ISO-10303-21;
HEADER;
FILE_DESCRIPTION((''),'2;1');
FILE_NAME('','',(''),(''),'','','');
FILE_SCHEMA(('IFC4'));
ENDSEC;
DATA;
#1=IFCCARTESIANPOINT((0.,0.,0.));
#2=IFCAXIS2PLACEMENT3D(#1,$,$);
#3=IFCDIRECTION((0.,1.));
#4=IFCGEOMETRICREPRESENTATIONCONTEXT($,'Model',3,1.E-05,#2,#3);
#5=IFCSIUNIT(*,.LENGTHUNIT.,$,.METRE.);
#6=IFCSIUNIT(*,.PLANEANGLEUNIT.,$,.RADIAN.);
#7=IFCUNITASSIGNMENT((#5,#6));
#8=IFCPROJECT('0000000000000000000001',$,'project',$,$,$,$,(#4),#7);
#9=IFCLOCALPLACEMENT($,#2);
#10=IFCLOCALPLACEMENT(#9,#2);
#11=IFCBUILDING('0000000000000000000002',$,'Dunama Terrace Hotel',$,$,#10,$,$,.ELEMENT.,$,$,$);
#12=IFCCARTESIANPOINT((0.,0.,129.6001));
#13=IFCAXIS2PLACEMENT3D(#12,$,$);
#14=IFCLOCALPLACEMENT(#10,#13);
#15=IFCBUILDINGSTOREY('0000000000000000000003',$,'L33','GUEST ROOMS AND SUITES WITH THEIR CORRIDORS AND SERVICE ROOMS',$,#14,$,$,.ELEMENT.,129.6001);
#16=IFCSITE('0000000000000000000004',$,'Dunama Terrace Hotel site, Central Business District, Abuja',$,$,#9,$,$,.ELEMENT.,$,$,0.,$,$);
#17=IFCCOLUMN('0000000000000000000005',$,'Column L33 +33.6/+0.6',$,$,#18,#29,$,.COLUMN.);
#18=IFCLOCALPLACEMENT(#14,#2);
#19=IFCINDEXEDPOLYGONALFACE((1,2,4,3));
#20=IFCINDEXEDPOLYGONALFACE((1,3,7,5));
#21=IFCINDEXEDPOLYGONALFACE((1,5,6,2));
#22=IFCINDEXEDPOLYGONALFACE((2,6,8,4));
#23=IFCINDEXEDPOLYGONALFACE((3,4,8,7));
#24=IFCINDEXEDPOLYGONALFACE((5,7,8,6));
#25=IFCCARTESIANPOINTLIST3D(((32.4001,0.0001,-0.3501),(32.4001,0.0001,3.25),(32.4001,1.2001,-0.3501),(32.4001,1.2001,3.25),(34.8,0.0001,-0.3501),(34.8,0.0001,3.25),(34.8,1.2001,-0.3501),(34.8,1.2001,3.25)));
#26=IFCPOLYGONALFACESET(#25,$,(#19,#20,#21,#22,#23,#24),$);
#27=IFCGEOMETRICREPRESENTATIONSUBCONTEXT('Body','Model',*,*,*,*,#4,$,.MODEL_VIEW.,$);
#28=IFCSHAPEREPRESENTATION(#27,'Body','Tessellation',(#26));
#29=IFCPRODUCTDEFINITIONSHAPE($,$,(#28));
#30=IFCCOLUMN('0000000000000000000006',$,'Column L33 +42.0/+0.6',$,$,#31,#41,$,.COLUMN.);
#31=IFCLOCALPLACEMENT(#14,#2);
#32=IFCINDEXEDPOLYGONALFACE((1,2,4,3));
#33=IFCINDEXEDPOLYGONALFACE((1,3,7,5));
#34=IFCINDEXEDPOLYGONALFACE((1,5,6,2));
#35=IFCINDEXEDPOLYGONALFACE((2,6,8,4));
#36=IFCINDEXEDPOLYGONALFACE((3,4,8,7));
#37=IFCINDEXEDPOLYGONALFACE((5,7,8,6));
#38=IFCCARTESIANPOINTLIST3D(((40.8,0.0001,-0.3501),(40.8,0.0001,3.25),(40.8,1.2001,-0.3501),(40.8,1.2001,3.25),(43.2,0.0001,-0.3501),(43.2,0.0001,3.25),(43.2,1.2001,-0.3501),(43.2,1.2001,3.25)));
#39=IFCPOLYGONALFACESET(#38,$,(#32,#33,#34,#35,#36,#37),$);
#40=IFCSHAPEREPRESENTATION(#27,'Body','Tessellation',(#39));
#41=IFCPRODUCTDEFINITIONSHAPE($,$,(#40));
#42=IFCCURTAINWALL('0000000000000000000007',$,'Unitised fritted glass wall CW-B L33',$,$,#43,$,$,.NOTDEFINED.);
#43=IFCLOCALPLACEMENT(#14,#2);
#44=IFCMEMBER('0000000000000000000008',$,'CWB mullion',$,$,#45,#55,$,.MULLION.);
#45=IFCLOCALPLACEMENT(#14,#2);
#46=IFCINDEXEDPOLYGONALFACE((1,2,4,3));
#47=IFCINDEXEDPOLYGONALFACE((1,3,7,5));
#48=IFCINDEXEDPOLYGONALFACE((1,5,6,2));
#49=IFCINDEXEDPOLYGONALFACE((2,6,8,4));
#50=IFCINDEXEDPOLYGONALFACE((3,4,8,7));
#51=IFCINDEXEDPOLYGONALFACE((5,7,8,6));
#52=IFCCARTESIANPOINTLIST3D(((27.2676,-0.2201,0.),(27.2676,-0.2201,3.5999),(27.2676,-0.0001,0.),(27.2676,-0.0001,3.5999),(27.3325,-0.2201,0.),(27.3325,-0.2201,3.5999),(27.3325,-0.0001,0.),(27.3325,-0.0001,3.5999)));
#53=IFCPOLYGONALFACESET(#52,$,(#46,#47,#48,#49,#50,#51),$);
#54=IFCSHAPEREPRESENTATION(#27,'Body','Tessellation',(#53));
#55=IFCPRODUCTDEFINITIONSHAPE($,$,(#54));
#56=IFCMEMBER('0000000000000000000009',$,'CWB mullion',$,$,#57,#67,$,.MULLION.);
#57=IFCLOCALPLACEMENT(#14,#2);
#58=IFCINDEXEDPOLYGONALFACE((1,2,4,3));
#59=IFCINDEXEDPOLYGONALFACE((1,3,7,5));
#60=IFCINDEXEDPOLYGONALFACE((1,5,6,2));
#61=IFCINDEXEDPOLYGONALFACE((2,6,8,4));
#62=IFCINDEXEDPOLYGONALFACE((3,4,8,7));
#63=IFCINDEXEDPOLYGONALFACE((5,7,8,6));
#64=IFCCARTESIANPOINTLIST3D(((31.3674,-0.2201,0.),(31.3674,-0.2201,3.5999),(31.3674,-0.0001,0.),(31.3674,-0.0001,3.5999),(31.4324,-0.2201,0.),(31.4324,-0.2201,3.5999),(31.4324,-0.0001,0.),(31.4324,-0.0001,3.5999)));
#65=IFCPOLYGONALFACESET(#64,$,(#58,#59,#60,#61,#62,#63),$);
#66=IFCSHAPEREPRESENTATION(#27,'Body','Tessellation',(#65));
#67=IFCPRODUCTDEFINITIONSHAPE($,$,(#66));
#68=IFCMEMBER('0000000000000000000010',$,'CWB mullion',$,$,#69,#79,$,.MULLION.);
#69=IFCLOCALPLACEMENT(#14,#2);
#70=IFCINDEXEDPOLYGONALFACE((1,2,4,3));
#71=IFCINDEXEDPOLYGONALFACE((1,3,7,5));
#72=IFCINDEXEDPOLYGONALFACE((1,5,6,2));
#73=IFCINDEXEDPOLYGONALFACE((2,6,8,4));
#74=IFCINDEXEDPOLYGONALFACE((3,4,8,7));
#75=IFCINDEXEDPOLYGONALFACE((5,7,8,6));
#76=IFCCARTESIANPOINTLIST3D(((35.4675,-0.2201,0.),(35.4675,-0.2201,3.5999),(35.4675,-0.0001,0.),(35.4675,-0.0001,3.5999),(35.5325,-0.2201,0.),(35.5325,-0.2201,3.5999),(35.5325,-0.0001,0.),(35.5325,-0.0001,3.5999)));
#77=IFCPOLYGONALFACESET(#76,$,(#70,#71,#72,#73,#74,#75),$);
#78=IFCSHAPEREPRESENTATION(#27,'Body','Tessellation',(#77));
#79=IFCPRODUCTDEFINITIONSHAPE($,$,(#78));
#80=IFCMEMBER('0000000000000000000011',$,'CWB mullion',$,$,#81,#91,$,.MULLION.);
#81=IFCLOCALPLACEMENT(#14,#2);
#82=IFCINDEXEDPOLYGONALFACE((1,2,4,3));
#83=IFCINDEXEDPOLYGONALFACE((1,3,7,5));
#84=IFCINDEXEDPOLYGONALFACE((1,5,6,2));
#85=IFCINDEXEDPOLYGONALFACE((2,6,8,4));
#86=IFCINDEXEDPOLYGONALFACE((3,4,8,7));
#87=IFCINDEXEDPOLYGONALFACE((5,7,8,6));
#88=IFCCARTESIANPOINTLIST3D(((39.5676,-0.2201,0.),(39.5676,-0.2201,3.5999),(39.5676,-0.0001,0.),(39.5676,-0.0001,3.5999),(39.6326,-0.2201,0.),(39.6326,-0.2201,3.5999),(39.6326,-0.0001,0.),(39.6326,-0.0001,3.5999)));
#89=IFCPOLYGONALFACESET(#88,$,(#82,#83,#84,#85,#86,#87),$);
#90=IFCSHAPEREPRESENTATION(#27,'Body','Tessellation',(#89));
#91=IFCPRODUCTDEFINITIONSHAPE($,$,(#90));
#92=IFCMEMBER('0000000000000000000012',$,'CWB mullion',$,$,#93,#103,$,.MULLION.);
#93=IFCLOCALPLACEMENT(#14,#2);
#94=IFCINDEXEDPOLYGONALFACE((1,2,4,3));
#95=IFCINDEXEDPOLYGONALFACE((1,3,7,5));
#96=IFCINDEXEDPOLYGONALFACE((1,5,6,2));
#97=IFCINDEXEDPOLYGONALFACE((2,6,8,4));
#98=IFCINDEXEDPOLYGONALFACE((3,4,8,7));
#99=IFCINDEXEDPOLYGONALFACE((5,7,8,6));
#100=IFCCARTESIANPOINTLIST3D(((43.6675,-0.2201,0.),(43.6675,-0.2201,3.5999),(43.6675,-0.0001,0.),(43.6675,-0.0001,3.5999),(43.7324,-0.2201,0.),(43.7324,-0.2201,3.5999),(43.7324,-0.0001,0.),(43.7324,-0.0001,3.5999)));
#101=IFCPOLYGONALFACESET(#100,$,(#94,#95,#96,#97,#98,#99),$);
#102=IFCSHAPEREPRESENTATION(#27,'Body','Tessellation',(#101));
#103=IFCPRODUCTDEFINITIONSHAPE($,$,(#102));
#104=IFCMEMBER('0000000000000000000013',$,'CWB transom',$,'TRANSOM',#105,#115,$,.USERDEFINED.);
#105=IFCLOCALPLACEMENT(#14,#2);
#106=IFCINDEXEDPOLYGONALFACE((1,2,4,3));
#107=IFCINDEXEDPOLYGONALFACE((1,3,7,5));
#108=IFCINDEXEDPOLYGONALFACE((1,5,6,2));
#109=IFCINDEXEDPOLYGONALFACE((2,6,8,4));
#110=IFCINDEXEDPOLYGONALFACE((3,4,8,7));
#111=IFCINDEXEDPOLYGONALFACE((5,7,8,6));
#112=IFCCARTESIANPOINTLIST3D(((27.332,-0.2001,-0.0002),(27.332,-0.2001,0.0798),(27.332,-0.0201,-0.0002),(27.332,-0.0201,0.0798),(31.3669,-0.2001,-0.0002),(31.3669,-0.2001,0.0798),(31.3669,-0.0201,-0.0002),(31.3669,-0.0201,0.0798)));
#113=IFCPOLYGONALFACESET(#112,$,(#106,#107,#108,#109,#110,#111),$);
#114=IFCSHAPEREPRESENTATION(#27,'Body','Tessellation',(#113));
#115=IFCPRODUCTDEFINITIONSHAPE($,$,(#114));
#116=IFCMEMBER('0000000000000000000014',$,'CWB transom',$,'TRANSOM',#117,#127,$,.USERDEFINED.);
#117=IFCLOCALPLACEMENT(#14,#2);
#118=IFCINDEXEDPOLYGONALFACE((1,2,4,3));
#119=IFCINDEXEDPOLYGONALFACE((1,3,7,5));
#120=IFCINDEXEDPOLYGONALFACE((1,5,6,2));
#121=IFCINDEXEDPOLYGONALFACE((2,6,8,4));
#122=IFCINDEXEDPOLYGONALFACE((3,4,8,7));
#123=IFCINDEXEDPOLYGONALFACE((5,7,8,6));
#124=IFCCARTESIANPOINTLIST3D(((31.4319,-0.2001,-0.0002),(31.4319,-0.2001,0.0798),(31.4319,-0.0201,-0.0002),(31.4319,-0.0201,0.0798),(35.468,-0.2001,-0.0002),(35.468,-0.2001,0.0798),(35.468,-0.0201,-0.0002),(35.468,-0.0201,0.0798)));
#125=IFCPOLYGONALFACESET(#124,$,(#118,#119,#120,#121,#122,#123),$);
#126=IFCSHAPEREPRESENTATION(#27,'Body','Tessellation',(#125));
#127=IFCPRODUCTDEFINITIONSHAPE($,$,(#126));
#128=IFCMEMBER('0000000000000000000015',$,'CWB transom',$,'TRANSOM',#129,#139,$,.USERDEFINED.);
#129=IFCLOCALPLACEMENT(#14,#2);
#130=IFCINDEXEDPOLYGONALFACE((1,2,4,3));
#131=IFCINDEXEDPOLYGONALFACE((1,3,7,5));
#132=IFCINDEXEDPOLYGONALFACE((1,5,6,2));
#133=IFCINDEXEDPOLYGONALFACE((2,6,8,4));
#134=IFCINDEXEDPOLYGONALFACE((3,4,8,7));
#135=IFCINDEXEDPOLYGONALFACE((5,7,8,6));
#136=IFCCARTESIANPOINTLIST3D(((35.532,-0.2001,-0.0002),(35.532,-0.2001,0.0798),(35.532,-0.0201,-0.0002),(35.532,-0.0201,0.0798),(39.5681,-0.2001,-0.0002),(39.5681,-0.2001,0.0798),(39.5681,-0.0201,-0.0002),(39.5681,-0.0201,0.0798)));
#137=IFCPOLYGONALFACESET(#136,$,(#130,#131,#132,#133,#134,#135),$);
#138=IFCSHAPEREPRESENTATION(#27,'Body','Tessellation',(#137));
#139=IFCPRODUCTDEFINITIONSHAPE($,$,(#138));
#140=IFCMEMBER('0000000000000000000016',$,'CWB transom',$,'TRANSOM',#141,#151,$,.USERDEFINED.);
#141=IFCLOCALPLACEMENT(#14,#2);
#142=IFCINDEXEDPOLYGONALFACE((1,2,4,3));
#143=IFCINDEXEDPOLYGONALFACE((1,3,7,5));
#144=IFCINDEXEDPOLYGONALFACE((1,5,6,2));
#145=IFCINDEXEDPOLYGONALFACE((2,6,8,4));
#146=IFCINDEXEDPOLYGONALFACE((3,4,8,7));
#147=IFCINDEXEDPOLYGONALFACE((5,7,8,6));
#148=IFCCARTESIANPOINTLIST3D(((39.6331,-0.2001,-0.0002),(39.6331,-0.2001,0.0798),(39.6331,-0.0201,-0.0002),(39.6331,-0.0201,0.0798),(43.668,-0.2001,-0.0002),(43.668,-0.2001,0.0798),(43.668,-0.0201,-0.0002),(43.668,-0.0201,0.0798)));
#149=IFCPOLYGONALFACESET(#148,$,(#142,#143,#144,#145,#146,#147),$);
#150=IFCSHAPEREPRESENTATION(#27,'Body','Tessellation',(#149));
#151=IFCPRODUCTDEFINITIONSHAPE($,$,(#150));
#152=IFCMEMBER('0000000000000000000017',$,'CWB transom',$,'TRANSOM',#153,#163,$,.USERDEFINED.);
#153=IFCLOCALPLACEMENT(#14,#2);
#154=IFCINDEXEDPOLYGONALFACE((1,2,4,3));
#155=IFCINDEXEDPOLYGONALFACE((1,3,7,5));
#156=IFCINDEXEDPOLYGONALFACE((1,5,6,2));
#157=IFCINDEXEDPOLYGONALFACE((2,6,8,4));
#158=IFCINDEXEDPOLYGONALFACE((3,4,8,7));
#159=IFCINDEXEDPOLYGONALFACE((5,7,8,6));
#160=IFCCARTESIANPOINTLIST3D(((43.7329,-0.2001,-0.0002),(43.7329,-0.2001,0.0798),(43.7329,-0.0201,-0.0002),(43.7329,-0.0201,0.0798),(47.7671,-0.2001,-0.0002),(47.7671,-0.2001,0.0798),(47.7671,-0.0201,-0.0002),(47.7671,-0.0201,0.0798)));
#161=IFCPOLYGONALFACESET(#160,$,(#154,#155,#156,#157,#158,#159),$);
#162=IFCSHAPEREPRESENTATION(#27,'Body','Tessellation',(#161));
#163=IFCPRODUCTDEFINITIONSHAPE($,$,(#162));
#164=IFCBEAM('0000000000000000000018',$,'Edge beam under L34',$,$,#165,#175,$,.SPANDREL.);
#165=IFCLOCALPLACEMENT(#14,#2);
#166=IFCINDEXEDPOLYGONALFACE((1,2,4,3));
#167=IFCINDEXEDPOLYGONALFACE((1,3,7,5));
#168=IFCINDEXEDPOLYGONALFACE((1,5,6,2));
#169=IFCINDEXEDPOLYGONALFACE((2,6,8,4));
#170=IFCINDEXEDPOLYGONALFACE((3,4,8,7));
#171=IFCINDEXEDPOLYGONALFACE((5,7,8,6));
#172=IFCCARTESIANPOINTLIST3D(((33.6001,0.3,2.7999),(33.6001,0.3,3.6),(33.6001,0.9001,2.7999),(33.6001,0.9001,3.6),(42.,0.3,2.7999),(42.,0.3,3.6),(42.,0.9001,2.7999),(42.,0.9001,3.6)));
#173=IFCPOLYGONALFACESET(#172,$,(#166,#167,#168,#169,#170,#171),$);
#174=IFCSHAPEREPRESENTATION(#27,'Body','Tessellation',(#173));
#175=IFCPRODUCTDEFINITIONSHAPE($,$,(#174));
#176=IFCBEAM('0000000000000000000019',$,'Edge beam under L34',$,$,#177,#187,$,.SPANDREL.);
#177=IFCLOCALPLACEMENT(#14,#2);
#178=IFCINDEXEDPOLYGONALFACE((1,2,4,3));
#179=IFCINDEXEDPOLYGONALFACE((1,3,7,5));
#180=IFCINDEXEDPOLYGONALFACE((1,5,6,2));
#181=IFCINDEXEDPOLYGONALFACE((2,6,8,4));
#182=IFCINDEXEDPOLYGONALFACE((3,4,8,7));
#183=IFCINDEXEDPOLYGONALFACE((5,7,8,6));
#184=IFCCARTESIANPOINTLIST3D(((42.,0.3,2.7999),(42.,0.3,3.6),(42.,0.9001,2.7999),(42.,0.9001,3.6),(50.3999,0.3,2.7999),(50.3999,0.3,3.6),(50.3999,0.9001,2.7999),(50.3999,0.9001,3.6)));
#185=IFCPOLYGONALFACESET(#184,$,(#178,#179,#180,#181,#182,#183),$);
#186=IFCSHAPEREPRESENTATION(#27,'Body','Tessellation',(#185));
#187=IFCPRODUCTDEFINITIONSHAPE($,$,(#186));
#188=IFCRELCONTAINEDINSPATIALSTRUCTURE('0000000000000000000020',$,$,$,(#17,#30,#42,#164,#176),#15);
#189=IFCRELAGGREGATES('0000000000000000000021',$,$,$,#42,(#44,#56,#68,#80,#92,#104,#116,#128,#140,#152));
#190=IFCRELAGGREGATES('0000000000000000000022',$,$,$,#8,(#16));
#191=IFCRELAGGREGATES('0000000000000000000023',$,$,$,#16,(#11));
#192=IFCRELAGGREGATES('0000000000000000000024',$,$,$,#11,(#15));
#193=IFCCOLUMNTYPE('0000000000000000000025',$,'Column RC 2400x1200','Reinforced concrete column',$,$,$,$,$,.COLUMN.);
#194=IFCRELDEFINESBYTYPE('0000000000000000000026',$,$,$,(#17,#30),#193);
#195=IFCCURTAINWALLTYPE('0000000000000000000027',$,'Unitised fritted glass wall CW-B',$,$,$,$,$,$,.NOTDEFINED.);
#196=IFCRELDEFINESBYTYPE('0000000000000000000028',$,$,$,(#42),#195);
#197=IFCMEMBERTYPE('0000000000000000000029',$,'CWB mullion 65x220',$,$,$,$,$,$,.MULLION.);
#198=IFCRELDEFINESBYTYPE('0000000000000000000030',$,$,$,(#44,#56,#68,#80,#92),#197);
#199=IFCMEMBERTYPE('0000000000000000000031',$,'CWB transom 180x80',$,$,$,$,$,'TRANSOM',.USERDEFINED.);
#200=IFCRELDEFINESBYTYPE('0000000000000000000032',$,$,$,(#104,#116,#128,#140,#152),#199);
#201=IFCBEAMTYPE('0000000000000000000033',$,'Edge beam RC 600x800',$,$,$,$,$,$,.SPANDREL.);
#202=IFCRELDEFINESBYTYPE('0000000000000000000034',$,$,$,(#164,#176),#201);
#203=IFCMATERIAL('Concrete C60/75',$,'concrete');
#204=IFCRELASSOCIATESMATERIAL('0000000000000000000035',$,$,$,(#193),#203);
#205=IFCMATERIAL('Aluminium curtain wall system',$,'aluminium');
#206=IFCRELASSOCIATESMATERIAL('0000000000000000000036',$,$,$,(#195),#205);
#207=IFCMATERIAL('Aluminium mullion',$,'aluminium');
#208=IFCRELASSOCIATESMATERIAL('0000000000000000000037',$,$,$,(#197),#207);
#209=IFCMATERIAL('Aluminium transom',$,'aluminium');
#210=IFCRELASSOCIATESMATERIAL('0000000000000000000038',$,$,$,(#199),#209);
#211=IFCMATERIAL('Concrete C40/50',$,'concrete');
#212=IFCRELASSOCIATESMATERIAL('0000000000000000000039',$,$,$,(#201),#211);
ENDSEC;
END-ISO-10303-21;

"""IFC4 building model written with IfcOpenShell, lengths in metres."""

from ifc_helpers import new_model, si_unit, direction, frame, origin, origin_2d, place, context, subcontext, project, spatial, rectangle, extrude, material, material_profile, profile_set, type_object, element, aggregate, save


model = new_model("IFC4")

# Units and contexts
model_context = context("Model", 3, precision=1e-05, world=origin(), true_north=direction((0.0, 1.0)))
body_context = subcontext(model_context, "Body", "Model", "MODEL_VIEW")
ifc_project = project(units=[si_unit("LENGTHUNIT", "METRE"), si_unit("PLANEANGLEUNIT", "RADIAN")], contexts=[model_context])

# Site, building, storey
site_placement = place(None, origin())
site = spatial("IfcSite", under=ifc_project, at=site_placement, Name="Dunama Terrace Hotel site, Central Business District, Abuja", CompositionType="ELEMENT", RefElevation=0.0)
building_placement = place(site_placement, origin())
building = spatial("IfcBuilding", under=site, at=building_placement, Name="Dunama Terrace Hotel", CompositionType="ELEMENT")
storey_placement = place(building_placement, frame((0.0, 0.0, 129.6001)))
storey = spatial("IfcBuildingStorey", under=building, at=storey_placement, Name="L33", Description="GUEST ROOMS AND SUITES WITH THEIR CORRIDORS AND SERVICE ROOMS", CompositionType="ELEMENT", Elevation=129.6001)

# Columns
ifc_material_1 = material(Name="Concrete C60/75", Category="concrete")
ifc_material_profile_1 = material_profile(ifc_material_1, rectangle(XDim=2.3999, YDim=1.2, at=origin_2d()), Name="RC 2400x1200")
ifc_profile_set_1 = profile_set([ifc_material_profile_1], Name="Concrete C60/75")
column_type = type_object("IfcColumnType", Name="Column RC 2400x1200", Description="Reinforced concrete column", PredefinedType="COLUMN", material=ifc_profile_set_1)
for number, where, z_axis, x_axis, name in (
    (1, (33.6001, 0.6001, -0.3501), (0.0, 0.0, 1.0), (1.0, 0.0, 0.0), "Column L33 +33.6/+0.6"),
    (2, (42.0, 0.6001, -0.3501), (0.0, 0.0, 1.0), (1.0, 0.0, 0.0), "Column L33 +42.0/+0.6"),
):
    element("IfcColumn", number, at=place(storey_placement, frame(where, z_axis=z_axis, x_axis=x_axis)), inside=storey, type_object=column_type, Name=name, PredefinedType="COLUMN", context=body_context, shape_type="SweptSolid", body=[
        extrude(rectangle(XDim=2.3999, YDim=1.2, at=origin_2d()), origin(), (0.0, 0.0, 1.0), 3.6001),
    ])

# Curtain wall, members
ifc_material_2 = material(Name="Aluminium curtain wall system", Category="aluminium")
curtain_wall_type = type_object("IfcCurtainWallType", Name="Unitised fritted glass wall CW-B", PredefinedType="NOTDEFINED", material=ifc_material_2)
curtain_wall_placement = place(storey_placement, origin())
curtain_wall = element("IfcCurtainWall", 3, at=curtain_wall_placement, inside=storey, type_object=curtain_wall_type, Name="Unitised fritted glass wall CW-B L33", PredefinedType="NOTDEFINED")
ifc_material_3 = material(Name="Aluminium mullion", Category="aluminium")
ifc_material_profile_2 = material_profile(ifc_material_3, rectangle(XDim=0.0649, YDim=0.22, at=origin_2d()), Name="CWB MULLION 65X220")
ifc_profile_set_2 = profile_set([ifc_material_profile_2], Name="Aluminium mullion")
member_type_1 = type_object("IfcMemberType", Name="CWB mullion 65x220", PredefinedType="MULLION", material=ifc_profile_set_2)
member_1_placement = place(storey_placement, frame((27.3, -0.1101, 0.0), z_axis=(0.0, 0.0, 1.0), x_axis=(1.0, 0.0, 0.0)))
member_1 = element("IfcMember", 4, at=member_1_placement, type_object=member_type_1, Name="CWB mullion", PredefinedType="MULLION", context=body_context, shape_type="SweptSolid", body=[
    extrude(rectangle(XDim=0.0649, YDim=0.22, at=origin_2d()), origin(), (0.0, 0.0, 1.0), 3.5999),
])
member_2_placement = place(storey_placement, frame((31.3999, -0.1101, 0.0), z_axis=(0.0, 0.0, 1.0), x_axis=(1.0, 0.0, 0.0)))
member_2 = element("IfcMember", 5, at=member_2_placement, type_object=member_type_1, Name="CWB mullion", PredefinedType="MULLION", context=body_context, shape_type="SweptSolid", body=[
    extrude(rectangle(XDim=0.0649, YDim=0.22, at=origin_2d()), origin(), (0.0, 0.0, 1.0), 3.5999),
])
member_3_placement = place(storey_placement, frame((35.5, -0.1101, 0.0), z_axis=(0.0, 0.0, 1.0), x_axis=(1.0, 0.0, 0.0)))
member_3 = element("IfcMember", 6, at=member_3_placement, type_object=member_type_1, Name="CWB mullion", PredefinedType="MULLION", context=body_context, shape_type="SweptSolid", body=[
    extrude(rectangle(XDim=0.0649, YDim=0.22, at=origin_2d()), origin(), (0.0, 0.0, 1.0), 3.5999),
])
member_4_placement = place(storey_placement, frame((39.6001, -0.1101, 0.0), z_axis=(0.0, 0.0, 1.0), x_axis=(1.0, 0.0, 0.0)))
member_4 = element("IfcMember", 7, at=member_4_placement, type_object=member_type_1, Name="CWB mullion", PredefinedType="MULLION", context=body_context, shape_type="SweptSolid", body=[
    extrude(rectangle(XDim=0.0649, YDim=0.22, at=origin_2d()), origin(), (0.0, 0.0, 1.0), 3.5999),
])
member_5_placement = place(storey_placement, frame((43.7, -0.1101, 0.0), z_axis=(0.0, 0.0, 1.0), x_axis=(1.0, 0.0, 0.0)))
member_5 = element("IfcMember", 8, at=member_5_placement, type_object=member_type_1, Name="CWB mullion", PredefinedType="MULLION", context=body_context, shape_type="SweptSolid", body=[
    extrude(rectangle(XDim=0.0649, YDim=0.22, at=origin_2d()), origin(), (0.0, 0.0, 1.0), 3.5999),
])
ifc_material_4 = material(Name="Aluminium transom", Category="aluminium")
ifc_material_profile_3 = material_profile(ifc_material_4, rectangle(XDim=0.1799, YDim=0.0801, at=origin_2d()), Name="CWB TRANSOM 180X80")
ifc_profile_set_3 = profile_set([ifc_material_profile_3], Name="Aluminium transom")
member_type_2 = type_object("IfcMemberType", Name="CWB transom 180x80", ElementType="TRANSOM", PredefinedType="USERDEFINED", material=ifc_profile_set_3)
member_6_placement = place(storey_placement, frame((27.332, -0.1101, 0.0398), z_axis=(1.0, 0.0, 0.0), x_axis=(0.0, 1.0, 0.0)))
member_6 = element("IfcMember", 9, at=member_6_placement, type_object=member_type_2, Name="CWB transom", ObjectType="TRANSOM", PredefinedType="USERDEFINED", context=body_context, shape_type="SweptSolid", body=[
    extrude(rectangle(XDim=0.1799, YDim=0.0801, at=origin_2d()), origin(), (0.0, 0.0, 1.0), 4.0349),
])
member_7_placement = place(storey_placement, frame((31.4319, -0.1101, 0.0398), z_axis=(1.0, 0.0, 0.0), x_axis=(0.0, 1.0, 0.0)))
member_7 = element("IfcMember", 10, at=member_7_placement, type_object=member_type_2, Name="CWB transom", ObjectType="TRANSOM", PredefinedType="USERDEFINED", context=body_context, shape_type="SweptSolid", body=[
    extrude(rectangle(XDim=0.1799, YDim=0.0801, at=origin_2d()), origin(), (0.0, 0.0, 1.0), 4.0361),
])
member_8_placement = place(storey_placement, frame((35.532, -0.1101, 0.0398), z_axis=(1.0, 0.0, 0.0), x_axis=(0.0, 1.0, 0.0)))
member_8 = element("IfcMember", 11, at=member_8_placement, type_object=member_type_2, Name="CWB transom", ObjectType="TRANSOM", PredefinedType="USERDEFINED", context=body_context, shape_type="SweptSolid", body=[
    extrude(rectangle(XDim=0.1799, YDim=0.0801, at=origin_2d()), origin(), (0.0, 0.0, 1.0), 4.0361),
])
member_9_placement = place(storey_placement, frame((39.6331, -0.1101, 0.0398), z_axis=(1.0, 0.0, 0.0), x_axis=(0.0, 1.0, 0.0)))
member_9 = element("IfcMember", 12, at=member_9_placement, type_object=member_type_2, Name="CWB transom", ObjectType="TRANSOM", PredefinedType="USERDEFINED", context=body_context, shape_type="SweptSolid", body=[
    extrude(rectangle(XDim=0.1799, YDim=0.0801, at=origin_2d()), origin(), (0.0, 0.0, 1.0), 4.0349),
])
member_10_placement = place(storey_placement, frame((43.7329, -0.1101, 0.0398), z_axis=(1.0, 0.0, 0.0), x_axis=(0.0, 1.0, 0.0)))
member_10 = element("IfcMember", 13, at=member_10_placement, type_object=member_type_2, Name="CWB transom", ObjectType="TRANSOM", PredefinedType="USERDEFINED", context=body_context, shape_type="SweptSolid", body=[
    extrude(rectangle(XDim=0.1799, YDim=0.0801, at=origin_2d()), origin(), (0.0, 0.0, 1.0), 4.0342),
])

# Beams
ifc_material_5 = material(Name="Concrete C40/50", Category="concrete")
ifc_material_profile_4 = material_profile(ifc_material_5, rectangle(XDim=0.6001, YDim=0.8, at=origin_2d()), Name="RC 600x800")
ifc_profile_set_4 = profile_set([ifc_material_profile_4], Name="Concrete C40/50")
beam_type = type_object("IfcBeamType", Name="Edge beam RC 600x800", PredefinedType="SPANDREL", material=ifc_profile_set_4)
for number, where, z_axis, x_axis, name in (
    (14, (33.6001, 0.6001, 3.2), (1.0, 0.0, 0.0), (0.0, 1.0, 0.0), "Edge beam under L34"),
    (15, (42.0, 0.6001, 3.2), (1.0, 0.0, 0.0), (0.0, 1.0, 0.0), "Edge beam under L34"),
):
    element("IfcBeam", number, at=place(storey_placement, frame(where, z_axis=z_axis, x_axis=x_axis)), inside=storey, type_object=beam_type, Name=name, PredefinedType="SPANDREL", context=body_context, shape_type="SweptSolid", body=[
        extrude(rectangle(XDim=0.6001, YDim=0.8, at=origin_2d()), origin(), (0.0, 0.0, 1.0), 8.3999),
    ])

aggregate(curtain_wall, [member_1, member_2, member_3, member_4, member_5, member_6, member_7, member_8, member_9, member_10])

save(model, "model.ifc")
